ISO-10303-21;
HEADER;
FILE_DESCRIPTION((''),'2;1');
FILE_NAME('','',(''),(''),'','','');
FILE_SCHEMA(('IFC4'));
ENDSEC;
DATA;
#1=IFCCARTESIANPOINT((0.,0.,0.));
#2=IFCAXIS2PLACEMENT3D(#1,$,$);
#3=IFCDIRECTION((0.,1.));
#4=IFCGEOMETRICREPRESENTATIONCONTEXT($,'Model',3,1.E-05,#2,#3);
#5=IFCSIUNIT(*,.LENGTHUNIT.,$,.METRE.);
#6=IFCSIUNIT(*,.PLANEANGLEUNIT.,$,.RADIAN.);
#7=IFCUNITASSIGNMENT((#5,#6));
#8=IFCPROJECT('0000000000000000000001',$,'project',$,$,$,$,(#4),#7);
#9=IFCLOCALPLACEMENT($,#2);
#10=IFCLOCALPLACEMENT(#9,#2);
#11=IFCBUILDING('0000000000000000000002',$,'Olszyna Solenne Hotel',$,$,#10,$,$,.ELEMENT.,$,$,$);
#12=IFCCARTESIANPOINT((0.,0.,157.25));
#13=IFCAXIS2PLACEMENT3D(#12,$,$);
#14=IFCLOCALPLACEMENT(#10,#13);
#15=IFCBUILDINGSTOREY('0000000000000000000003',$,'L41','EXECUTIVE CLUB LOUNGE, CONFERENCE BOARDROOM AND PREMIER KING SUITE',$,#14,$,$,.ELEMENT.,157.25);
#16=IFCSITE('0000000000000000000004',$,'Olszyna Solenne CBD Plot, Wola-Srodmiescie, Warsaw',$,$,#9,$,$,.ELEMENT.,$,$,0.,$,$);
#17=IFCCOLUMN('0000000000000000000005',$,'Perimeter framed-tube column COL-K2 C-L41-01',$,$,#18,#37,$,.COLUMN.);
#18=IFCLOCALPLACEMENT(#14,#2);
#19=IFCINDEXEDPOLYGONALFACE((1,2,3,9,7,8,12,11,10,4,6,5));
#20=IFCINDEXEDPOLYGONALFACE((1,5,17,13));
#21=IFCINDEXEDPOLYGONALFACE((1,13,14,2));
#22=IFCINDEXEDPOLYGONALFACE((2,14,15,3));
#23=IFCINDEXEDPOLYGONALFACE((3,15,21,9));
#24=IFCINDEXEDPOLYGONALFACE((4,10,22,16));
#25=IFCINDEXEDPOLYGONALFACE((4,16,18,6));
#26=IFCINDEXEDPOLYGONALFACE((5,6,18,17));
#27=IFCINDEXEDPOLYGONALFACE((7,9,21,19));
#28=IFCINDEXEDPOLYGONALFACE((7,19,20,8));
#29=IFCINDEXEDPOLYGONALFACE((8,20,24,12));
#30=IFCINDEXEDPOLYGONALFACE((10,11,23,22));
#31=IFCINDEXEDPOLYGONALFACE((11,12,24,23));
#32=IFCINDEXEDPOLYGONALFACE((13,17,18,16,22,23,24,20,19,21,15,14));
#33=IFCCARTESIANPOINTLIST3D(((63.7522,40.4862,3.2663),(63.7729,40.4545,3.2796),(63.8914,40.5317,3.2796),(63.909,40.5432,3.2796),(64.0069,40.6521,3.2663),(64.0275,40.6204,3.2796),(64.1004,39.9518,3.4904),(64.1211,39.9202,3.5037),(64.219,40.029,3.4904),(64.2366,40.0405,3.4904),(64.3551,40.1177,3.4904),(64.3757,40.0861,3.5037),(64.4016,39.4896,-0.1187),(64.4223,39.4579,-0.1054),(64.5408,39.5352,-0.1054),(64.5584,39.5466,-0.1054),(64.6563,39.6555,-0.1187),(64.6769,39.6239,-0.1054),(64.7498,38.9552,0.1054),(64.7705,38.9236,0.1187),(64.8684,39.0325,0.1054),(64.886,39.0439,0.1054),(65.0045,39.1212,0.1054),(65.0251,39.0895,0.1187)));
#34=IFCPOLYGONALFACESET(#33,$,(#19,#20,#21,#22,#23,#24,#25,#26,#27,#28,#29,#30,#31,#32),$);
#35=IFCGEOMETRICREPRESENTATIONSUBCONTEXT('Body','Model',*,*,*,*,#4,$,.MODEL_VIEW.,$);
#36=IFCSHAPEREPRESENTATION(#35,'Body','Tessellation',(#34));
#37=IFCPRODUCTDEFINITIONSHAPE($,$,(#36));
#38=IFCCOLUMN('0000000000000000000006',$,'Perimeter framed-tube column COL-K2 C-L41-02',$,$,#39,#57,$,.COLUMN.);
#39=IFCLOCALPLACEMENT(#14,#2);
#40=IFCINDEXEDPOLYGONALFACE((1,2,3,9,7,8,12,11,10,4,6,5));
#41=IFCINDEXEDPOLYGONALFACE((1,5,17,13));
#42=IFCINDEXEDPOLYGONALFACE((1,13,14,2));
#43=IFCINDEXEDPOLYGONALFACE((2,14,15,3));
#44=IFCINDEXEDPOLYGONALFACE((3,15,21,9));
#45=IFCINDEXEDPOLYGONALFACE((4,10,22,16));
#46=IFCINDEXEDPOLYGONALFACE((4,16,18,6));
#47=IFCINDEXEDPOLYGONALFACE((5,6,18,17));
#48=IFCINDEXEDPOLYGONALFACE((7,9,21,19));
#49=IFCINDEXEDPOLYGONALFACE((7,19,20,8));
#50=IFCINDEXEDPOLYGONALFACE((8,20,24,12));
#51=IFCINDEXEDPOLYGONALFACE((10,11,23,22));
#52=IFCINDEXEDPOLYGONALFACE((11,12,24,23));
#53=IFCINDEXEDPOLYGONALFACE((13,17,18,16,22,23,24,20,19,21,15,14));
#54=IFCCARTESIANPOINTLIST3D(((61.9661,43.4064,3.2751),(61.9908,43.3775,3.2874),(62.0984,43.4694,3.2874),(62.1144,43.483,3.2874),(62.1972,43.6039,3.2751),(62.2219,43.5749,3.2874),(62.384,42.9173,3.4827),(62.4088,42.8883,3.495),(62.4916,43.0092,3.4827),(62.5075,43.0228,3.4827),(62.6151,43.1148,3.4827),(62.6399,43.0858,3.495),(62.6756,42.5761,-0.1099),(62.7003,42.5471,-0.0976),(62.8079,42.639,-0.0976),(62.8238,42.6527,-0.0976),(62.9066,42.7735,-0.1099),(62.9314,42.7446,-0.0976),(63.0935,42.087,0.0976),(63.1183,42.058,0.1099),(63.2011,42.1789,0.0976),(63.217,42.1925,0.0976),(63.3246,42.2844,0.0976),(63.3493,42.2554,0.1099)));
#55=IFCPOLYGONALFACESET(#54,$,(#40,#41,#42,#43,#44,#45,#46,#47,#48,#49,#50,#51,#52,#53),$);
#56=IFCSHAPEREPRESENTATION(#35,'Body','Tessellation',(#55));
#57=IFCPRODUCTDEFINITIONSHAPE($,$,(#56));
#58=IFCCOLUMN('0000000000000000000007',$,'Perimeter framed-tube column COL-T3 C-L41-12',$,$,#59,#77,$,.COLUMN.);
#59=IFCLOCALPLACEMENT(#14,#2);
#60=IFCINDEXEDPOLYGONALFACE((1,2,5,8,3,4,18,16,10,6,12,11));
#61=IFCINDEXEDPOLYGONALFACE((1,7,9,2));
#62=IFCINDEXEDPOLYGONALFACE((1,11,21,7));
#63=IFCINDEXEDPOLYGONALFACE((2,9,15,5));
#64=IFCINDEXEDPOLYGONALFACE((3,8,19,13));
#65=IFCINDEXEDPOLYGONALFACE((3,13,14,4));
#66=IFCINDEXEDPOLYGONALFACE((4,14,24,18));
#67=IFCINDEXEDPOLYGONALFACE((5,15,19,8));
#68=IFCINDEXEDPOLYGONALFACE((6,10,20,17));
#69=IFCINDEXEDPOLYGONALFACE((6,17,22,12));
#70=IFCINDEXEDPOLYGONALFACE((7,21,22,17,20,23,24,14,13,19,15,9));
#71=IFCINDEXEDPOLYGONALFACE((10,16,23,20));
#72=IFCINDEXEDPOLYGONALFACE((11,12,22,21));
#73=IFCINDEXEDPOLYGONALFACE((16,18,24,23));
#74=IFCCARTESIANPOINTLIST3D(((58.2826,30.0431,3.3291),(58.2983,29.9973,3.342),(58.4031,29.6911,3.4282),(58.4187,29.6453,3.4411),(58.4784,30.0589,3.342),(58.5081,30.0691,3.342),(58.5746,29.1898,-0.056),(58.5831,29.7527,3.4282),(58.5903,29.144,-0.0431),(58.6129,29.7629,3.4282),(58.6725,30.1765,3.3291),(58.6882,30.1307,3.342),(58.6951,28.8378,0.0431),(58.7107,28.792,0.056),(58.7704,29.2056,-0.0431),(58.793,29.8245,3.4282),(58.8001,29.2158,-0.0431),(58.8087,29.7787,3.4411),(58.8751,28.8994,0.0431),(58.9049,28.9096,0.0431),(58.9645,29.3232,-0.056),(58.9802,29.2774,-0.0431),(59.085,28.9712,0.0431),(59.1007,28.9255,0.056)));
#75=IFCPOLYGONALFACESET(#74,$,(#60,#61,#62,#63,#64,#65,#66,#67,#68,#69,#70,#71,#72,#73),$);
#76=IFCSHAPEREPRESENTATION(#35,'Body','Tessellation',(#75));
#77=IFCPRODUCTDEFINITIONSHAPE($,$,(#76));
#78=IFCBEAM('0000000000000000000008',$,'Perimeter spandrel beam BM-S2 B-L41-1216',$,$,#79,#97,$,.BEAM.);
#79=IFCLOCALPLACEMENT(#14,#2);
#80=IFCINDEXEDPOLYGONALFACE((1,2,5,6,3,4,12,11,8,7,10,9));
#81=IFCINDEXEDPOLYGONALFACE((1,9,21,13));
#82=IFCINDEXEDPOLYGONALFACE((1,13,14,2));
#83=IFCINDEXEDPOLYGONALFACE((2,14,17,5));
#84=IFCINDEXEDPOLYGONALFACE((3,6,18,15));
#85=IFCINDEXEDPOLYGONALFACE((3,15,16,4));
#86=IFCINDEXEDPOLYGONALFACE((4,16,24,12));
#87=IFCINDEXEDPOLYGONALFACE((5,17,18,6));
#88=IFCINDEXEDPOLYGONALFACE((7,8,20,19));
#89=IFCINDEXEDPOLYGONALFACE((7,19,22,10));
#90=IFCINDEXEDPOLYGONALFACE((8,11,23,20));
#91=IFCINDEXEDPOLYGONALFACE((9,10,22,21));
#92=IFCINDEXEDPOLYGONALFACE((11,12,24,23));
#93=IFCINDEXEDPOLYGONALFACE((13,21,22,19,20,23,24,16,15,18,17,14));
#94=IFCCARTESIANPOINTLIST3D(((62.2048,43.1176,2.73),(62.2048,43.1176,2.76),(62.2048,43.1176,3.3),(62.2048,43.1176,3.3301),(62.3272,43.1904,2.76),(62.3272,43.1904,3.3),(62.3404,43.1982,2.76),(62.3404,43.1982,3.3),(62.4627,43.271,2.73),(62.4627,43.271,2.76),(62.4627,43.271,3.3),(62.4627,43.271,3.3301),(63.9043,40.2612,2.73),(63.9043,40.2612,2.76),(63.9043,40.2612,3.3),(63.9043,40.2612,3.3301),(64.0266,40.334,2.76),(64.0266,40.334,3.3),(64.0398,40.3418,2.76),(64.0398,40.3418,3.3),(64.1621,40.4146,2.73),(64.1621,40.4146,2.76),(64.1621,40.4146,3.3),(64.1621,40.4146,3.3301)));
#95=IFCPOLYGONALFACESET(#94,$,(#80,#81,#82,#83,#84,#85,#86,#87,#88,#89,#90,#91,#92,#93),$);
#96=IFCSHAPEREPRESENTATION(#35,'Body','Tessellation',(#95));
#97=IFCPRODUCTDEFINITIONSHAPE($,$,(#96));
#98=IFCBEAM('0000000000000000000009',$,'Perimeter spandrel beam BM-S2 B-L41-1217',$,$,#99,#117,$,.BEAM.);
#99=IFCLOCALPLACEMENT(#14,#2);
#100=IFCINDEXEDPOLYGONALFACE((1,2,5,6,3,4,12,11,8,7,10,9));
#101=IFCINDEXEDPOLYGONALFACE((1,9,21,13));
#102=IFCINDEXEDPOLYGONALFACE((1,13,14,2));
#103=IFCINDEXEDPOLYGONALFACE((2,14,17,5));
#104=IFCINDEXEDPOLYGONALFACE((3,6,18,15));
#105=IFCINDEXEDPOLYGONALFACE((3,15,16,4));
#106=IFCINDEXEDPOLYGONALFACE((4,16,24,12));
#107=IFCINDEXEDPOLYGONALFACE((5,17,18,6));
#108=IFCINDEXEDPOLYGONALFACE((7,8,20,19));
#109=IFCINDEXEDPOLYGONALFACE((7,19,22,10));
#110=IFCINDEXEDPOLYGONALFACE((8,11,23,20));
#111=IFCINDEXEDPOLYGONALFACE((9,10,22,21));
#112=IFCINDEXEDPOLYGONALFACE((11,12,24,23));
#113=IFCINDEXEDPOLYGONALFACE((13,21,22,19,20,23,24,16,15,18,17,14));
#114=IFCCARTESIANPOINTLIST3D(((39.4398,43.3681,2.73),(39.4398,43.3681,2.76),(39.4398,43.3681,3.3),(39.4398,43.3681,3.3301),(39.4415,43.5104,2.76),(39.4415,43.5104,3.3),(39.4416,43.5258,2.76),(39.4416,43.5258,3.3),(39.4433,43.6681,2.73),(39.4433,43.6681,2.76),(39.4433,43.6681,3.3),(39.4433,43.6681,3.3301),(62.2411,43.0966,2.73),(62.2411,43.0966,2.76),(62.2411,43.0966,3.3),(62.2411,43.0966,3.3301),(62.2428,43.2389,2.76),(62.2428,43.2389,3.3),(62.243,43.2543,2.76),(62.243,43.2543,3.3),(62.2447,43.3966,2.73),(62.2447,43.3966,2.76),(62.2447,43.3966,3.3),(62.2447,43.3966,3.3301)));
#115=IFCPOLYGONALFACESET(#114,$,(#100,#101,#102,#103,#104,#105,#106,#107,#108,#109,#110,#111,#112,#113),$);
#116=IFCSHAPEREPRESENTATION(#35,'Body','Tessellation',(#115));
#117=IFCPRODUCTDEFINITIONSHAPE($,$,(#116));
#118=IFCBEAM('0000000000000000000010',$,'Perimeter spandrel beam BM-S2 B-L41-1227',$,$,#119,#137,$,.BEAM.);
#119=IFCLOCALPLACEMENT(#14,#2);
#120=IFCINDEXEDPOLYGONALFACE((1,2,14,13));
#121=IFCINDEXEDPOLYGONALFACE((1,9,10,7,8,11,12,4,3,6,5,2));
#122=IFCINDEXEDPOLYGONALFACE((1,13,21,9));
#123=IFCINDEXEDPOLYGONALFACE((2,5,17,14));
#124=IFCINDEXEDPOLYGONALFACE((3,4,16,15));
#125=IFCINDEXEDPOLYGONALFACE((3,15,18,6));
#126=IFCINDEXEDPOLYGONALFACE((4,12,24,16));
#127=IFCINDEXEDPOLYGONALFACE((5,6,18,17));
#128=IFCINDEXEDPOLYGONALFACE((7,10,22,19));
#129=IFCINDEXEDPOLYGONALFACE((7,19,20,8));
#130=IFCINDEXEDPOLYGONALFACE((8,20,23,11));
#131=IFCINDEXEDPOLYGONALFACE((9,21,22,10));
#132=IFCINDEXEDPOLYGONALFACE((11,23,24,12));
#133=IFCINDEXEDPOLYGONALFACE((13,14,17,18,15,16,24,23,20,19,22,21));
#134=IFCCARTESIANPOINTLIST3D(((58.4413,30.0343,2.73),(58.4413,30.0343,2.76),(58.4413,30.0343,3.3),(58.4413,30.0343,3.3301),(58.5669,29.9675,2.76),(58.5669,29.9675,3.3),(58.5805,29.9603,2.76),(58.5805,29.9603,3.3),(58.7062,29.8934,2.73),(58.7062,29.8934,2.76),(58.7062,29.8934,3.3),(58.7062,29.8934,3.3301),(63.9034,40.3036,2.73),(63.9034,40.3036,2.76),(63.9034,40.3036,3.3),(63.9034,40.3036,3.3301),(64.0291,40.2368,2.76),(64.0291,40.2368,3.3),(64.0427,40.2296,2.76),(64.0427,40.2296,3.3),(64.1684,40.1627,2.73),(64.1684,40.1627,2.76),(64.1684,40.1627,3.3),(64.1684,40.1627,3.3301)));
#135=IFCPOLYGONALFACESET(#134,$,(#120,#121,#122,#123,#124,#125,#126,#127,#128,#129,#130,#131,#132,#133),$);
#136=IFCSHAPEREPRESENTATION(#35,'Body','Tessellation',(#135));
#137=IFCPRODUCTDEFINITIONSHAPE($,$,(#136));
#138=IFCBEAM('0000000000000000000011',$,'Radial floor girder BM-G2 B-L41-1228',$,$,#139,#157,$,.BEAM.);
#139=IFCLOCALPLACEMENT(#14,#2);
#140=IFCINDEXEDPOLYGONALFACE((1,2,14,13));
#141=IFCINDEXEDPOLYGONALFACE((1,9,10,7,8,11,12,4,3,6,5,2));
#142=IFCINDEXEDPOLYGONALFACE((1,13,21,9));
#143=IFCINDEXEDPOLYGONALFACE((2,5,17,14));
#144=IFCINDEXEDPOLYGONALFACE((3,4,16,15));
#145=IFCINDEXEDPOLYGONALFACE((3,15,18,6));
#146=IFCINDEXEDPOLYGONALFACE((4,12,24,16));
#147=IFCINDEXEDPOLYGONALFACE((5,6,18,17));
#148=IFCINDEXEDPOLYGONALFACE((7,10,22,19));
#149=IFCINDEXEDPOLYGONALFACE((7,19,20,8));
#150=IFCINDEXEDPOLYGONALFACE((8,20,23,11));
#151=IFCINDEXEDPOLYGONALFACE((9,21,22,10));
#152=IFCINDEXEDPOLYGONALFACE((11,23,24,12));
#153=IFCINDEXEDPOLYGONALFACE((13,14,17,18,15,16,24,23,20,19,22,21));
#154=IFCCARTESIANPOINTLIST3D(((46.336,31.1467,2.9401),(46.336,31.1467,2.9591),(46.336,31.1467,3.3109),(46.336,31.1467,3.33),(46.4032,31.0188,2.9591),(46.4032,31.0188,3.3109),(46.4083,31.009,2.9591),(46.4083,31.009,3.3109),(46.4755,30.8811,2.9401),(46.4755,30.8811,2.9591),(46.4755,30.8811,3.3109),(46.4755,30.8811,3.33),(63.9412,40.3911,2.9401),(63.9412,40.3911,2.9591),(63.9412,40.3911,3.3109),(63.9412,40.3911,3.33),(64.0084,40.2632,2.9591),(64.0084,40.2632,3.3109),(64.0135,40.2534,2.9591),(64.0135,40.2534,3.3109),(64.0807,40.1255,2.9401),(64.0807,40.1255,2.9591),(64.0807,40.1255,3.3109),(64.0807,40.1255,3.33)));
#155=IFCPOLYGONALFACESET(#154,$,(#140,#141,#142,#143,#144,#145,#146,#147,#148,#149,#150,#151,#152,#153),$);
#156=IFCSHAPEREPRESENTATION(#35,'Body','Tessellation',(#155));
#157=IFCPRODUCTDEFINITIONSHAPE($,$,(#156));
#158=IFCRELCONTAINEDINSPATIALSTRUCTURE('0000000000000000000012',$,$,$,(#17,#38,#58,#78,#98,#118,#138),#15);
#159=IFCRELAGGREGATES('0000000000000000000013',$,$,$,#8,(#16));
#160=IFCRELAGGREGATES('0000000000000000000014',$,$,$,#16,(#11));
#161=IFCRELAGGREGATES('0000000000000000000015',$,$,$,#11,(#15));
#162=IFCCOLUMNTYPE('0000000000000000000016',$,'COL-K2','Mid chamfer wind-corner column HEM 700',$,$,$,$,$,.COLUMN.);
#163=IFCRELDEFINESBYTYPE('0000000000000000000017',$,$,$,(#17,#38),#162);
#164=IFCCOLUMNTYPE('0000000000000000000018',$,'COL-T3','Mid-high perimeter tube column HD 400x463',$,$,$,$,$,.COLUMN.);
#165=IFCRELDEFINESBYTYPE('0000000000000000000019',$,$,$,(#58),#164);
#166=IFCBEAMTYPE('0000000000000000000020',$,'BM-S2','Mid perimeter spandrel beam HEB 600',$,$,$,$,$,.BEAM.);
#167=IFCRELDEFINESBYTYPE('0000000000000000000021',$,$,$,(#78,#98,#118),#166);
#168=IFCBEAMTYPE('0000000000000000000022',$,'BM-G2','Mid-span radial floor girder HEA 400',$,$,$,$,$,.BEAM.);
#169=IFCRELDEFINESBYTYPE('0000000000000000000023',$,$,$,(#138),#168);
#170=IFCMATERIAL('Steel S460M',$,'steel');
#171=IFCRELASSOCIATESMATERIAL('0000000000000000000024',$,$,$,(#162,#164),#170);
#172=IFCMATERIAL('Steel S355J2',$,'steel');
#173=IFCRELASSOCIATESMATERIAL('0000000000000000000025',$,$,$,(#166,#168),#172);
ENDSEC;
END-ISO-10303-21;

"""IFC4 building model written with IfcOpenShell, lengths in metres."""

from ifc_helpers import new_model, si_unit, direction, frame, origin, origin_2d, place, context, subcontext, project, spatial, i_section, extrude, source, transform, mapped, material, material_profile, profile_set, type_object, element, save


model = new_model("IFC4")

# Units and contexts
model_context = context("Model", 3, precision=1e-05, world=origin(), true_north=direction((0.0, 1.0)))
body_context = subcontext(model_context, "Body", "Model", "MODEL_VIEW")
ifc_project = project(units=[si_unit("LENGTHUNIT", "METRE"), si_unit("PLANEANGLEUNIT", "RADIAN")], contexts=[model_context])

# Site, building, storey
site_placement = place(None, origin())
site = spatial("IfcSite", under=ifc_project, at=site_placement, Name="Olszyna Solenne CBD Plot, Wola-Srodmiescie, Warsaw", CompositionType="ELEMENT", RefElevation=0.0)
building_placement = place(site_placement, origin())
building = spatial("IfcBuilding", under=site, at=building_placement, Name="Olszyna Solenne Hotel", CompositionType="ELEMENT")
storey_placement = place(building_placement, frame((0.0, 0.0, 157.25)))
storey = spatial("IfcBuildingStorey", under=building, at=storey_placement, Name="L41", Description="EXECUTIVE CLUB LOUNGE, CONFERENCE BOARDROOM AND PREMIER KING SUITE", CompositionType="ELEMENT", Elevation=157.25)

# Columns
ifc_material_1 = material(Name="Steel S460M", Category="steel")
ifc_material_profile_1 = material_profile(ifc_material_1, i_section(OverallWidth=0.304, OverallDepth=0.7161, WebThickness=0.021, FlangeThickness=0.04, at=origin_2d()), Name="HEM 700", Category="load-bearing")
ifc_profile_set_1 = profile_set([ifc_material_profile_1], Name="Steel S460M")
column_type_1 = type_object("IfcColumnType", Name="COL-K2", Description="Mid chamfer wind-corner column HEM 700", PredefinedType="COLUMN", material=ifc_profile_set_1)
shared_shape_1 = source(origin(), body_context, "Body", "SweptSolid", [
    extrude(i_section(OverallWidth=0.304, OverallDepth=0.7161, WebThickness=0.021, FlangeThickness=0.04, at=origin_2d()), origin(), (0.0, 0.0, 1.0), 3.5879),
])
column_1_placement = place(storey_placement, frame((64.7134, 39.2896, 0.0), z_axis=(-0.181, 0.27776, 0.943445), x_axis=(-0.837815, -0.545955, 0.0)))
element("IfcColumn", 1, at=column_1_placement, inside=storey, type_object=column_type_1, Name="Perimeter framed-tube column COL-K2 C-L41-01", PredefinedType="COLUMN", context=body_context, shape_type="MappedRepresentation", body=[
    mapped(shared_shape_1, transform((0.0, 0.0, 0.0), x_axis=(1.0, 0.0, 0.0), y_axis=(0.0, 1.0, 0.0), z_axis=(0.0, 0.0, 1.0), scale=1.0)),
])
shared_shape_2 = source(origin(), body_context, "Body", "SweptSolid", [
    extrude(i_section(OverallWidth=0.304, OverallDepth=0.7161, WebThickness=0.021, FlangeThickness=0.04, at=origin_2d()), origin(), (0.0, 0.0, 1.0), 3.5569),
])
column_2_placement = place(storey_placement, frame((63.0125, 42.4158, 0.0), z_axis=(-0.199467, 0.233444, 0.951691), x_axis=(-0.760266, -0.649612, 0.0)))
element("IfcColumn", 2, at=column_2_placement, inside=storey, type_object=column_type_1, Name="Perimeter framed-tube column COL-K2 C-L41-02", PredefinedType="COLUMN", context=body_context, shape_type="MappedRepresentation", body=[
    mapped(shared_shape_2, transform((0.0, 0.0, 0.0), x_axis=(1.0, 0.0, 0.0), y_axis=(0.0, 1.0, 0.0), z_axis=(0.0, 0.0, 1.0), scale=1.0)),
])
ifc_material_profile_2 = material_profile(ifc_material_1, i_section(OverallWidth=0.4121, OverallDepth=0.4351, WebThickness=0.0315, FlangeThickness=0.05, at=origin_2d()), Name="HD 400x463", Category="load-bearing")
ifc_profile_set_2 = profile_set([ifc_material_profile_2], Name="Steel S460M")
column_type_2 = type_object("IfcColumnType", Name="COL-T3", Description="Mid-high perimeter tube column HD 400x463", PredefinedType="COLUMN", material=ifc_profile_set_2)
shared_shape_3 = source(origin(), body_context, "Body", "SweptSolid", [
    extrude(i_section(OverallWidth=0.4121, OverallDepth=0.4351, WebThickness=0.0315, FlangeThickness=0.05, at=origin_2d()), origin(), (0.0, 0.0, 1.0), 3.5032),
])
column_3_placement = place(storey_placement, frame((58.8376, 29.0576, 0.0), z_axis=(-0.083353, 0.243577, 0.966293), x_axis=(-0.946136, -0.323771, 0.0)))
element("IfcColumn", 3, at=column_3_placement, inside=storey, type_object=column_type_2, Name="Perimeter framed-tube column COL-T3 C-L41-12", PredefinedType="COLUMN", context=body_context, shape_type="MappedRepresentation", body=[
    mapped(shared_shape_3, transform((0.0, 0.0, 0.0), x_axis=(1.0, 0.0, 0.0), y_axis=(0.0, 1.0, 0.0), z_axis=(0.0, 0.0, 1.0), scale=1.0)),
])

# Beams
ifc_material_2 = material(Name="Steel S355J2", Category="steel")
ifc_material_profile_3 = material_profile(ifc_material_2, i_section(OverallWidth=0.3, OverallDepth=0.6001, WebThickness=0.0154, FlangeThickness=0.03, at=origin_2d()), Name="HEB 600", Category="load-bearing")
ifc_profile_set_3 = profile_set([ifc_material_profile_3], Name="Steel S355J2")
beam_type_1 = type_object("IfcBeamType", Name="BM-S2", Description="Mid perimeter spandrel beam HEB 600", PredefinedType="BEAM", material=ifc_profile_set_3)
shared_shape_4 = source(origin(), body_context, "Body", "SweptSolid", [
    extrude(i_section(OverallWidth=0.3, OverallDepth=0.6001, WebThickness=0.0154, FlangeThickness=0.03, at=origin_2d()), origin(), (0.0, 0.0, 1.0), 3.3237),
])
beam_1_placement = place(storey_placement, frame((64.0332, 40.3379, 3.03), z_axis=(-0.511306, 0.859399, 0.0), x_axis=(-0.859399, -0.511306, 0.0)))
element("IfcBeam", 4, at=beam_1_placement, inside=storey, type_object=beam_type_1, Name="Perimeter spandrel beam BM-S2 B-L41-1216", PredefinedType="BEAM", context=body_context, shape_type="MappedRepresentation", body=[
    mapped(shared_shape_4, transform((0.0, 0.0, 0.0), x_axis=(1.0, 0.0, 0.0), y_axis=(0.0, 1.0, 0.0), z_axis=(0.0, 0.0, 1.0), scale=1.0)),
])
shared_shape_5 = source(origin(), body_context, "Body", "SweptSolid", [
    extrude(i_section(OverallWidth=0.3, OverallDepth=0.6001, WebThickness=0.0154, FlangeThickness=0.03, at=origin_2d()), origin(), (0.0, 0.0, 1.0), 22.803),
])
beam_2_placement = place(storey_placement, frame((62.2429, 43.2466, 3.03), z_axis=(-0.999929, 0.011906, 0.0), x_axis=(-0.011906, -0.999929, 0.0)))
element("IfcBeam", 5, at=beam_2_placement, inside=storey, type_object=beam_type_1, Name="Perimeter spandrel beam BM-S2 B-L41-1217", PredefinedType="BEAM", context=body_context, shape_type="MappedRepresentation", body=[
    mapped(shared_shape_5, transform((0.0, 0.0, 0.0), x_axis=(1.0, 0.0, 0.0), y_axis=(0.0, 1.0, 0.0), z_axis=(0.0, 0.0, 1.0), scale=1.0)),
])
shared_shape_6 = source(origin(), body_context, "Body", "SweptSolid", [
    extrude(i_section(OverallWidth=0.3, OverallDepth=0.6001, WebThickness=0.0154, FlangeThickness=0.03, at=origin_2d()), origin(), (0.0, 0.0, 1.0), 11.6316),
])
beam_3_placement = place(storey_placement, frame((58.5737, 29.9639, 3.03), z_axis=(0.469598, 0.882881, 0.0), x_axis=(-0.882881, 0.469598, 0.0)))
element("IfcBeam", 6, at=beam_3_placement, inside=storey, type_object=beam_type_1, Name="Perimeter spandrel beam BM-S2 B-L41-1227", PredefinedType="BEAM", context=body_context, shape_type="MappedRepresentation", body=[
    mapped(shared_shape_6, transform((0.0, 0.0, 0.0), x_axis=(1.0, 0.0, 0.0), y_axis=(0.0, 1.0, 0.0), z_axis=(0.0, 0.0, 1.0), scale=1.0)),
])
ifc_material_profile_4 = material_profile(ifc_material_2, i_section(OverallWidth=0.3, OverallDepth=0.3899, WebThickness=0.011, FlangeThickness=0.019, at=origin_2d()), Name="HEA 400", Category="load-bearing")
ifc_profile_set_4 = profile_set([ifc_material_profile_4], Name="Steel S355J2")
beam_type_2 = type_object("IfcBeamType", Name="BM-G2", Description="Mid-span radial floor girder HEA 400", PredefinedType="BEAM", material=ifc_profile_set_4)
shared_shape_7 = source(origin(), body_context, "Body", "SweptSolid", [
    extrude(i_section(OverallWidth=0.3, OverallDepth=0.3899, WebThickness=0.011, FlangeThickness=0.019, at=origin_2d()), origin(), (0.0, 0.0, 1.0), 19.8848),
])
beam_4_placement = place(storey_placement, frame((64.011, 40.2583, 3.135), z_axis=(-0.885364, -0.464899, 0.0), x_axis=(0.464899, -0.885364, 0.0)))
element("IfcBeam", 7, at=beam_4_placement, inside=storey, type_object=beam_type_2, Name="Radial floor girder BM-G2 B-L41-1228", PredefinedType="BEAM", context=body_context, shape_type="MappedRepresentation", body=[
    mapped(shared_shape_7, transform((0.0, 0.0, 0.0), x_axis=(1.0, 0.0, 0.0), y_axis=(0.0, 1.0, 0.0), z_axis=(0.0, 0.0, 1.0), scale=1.0)),
])

save(model, "model.ifc")
